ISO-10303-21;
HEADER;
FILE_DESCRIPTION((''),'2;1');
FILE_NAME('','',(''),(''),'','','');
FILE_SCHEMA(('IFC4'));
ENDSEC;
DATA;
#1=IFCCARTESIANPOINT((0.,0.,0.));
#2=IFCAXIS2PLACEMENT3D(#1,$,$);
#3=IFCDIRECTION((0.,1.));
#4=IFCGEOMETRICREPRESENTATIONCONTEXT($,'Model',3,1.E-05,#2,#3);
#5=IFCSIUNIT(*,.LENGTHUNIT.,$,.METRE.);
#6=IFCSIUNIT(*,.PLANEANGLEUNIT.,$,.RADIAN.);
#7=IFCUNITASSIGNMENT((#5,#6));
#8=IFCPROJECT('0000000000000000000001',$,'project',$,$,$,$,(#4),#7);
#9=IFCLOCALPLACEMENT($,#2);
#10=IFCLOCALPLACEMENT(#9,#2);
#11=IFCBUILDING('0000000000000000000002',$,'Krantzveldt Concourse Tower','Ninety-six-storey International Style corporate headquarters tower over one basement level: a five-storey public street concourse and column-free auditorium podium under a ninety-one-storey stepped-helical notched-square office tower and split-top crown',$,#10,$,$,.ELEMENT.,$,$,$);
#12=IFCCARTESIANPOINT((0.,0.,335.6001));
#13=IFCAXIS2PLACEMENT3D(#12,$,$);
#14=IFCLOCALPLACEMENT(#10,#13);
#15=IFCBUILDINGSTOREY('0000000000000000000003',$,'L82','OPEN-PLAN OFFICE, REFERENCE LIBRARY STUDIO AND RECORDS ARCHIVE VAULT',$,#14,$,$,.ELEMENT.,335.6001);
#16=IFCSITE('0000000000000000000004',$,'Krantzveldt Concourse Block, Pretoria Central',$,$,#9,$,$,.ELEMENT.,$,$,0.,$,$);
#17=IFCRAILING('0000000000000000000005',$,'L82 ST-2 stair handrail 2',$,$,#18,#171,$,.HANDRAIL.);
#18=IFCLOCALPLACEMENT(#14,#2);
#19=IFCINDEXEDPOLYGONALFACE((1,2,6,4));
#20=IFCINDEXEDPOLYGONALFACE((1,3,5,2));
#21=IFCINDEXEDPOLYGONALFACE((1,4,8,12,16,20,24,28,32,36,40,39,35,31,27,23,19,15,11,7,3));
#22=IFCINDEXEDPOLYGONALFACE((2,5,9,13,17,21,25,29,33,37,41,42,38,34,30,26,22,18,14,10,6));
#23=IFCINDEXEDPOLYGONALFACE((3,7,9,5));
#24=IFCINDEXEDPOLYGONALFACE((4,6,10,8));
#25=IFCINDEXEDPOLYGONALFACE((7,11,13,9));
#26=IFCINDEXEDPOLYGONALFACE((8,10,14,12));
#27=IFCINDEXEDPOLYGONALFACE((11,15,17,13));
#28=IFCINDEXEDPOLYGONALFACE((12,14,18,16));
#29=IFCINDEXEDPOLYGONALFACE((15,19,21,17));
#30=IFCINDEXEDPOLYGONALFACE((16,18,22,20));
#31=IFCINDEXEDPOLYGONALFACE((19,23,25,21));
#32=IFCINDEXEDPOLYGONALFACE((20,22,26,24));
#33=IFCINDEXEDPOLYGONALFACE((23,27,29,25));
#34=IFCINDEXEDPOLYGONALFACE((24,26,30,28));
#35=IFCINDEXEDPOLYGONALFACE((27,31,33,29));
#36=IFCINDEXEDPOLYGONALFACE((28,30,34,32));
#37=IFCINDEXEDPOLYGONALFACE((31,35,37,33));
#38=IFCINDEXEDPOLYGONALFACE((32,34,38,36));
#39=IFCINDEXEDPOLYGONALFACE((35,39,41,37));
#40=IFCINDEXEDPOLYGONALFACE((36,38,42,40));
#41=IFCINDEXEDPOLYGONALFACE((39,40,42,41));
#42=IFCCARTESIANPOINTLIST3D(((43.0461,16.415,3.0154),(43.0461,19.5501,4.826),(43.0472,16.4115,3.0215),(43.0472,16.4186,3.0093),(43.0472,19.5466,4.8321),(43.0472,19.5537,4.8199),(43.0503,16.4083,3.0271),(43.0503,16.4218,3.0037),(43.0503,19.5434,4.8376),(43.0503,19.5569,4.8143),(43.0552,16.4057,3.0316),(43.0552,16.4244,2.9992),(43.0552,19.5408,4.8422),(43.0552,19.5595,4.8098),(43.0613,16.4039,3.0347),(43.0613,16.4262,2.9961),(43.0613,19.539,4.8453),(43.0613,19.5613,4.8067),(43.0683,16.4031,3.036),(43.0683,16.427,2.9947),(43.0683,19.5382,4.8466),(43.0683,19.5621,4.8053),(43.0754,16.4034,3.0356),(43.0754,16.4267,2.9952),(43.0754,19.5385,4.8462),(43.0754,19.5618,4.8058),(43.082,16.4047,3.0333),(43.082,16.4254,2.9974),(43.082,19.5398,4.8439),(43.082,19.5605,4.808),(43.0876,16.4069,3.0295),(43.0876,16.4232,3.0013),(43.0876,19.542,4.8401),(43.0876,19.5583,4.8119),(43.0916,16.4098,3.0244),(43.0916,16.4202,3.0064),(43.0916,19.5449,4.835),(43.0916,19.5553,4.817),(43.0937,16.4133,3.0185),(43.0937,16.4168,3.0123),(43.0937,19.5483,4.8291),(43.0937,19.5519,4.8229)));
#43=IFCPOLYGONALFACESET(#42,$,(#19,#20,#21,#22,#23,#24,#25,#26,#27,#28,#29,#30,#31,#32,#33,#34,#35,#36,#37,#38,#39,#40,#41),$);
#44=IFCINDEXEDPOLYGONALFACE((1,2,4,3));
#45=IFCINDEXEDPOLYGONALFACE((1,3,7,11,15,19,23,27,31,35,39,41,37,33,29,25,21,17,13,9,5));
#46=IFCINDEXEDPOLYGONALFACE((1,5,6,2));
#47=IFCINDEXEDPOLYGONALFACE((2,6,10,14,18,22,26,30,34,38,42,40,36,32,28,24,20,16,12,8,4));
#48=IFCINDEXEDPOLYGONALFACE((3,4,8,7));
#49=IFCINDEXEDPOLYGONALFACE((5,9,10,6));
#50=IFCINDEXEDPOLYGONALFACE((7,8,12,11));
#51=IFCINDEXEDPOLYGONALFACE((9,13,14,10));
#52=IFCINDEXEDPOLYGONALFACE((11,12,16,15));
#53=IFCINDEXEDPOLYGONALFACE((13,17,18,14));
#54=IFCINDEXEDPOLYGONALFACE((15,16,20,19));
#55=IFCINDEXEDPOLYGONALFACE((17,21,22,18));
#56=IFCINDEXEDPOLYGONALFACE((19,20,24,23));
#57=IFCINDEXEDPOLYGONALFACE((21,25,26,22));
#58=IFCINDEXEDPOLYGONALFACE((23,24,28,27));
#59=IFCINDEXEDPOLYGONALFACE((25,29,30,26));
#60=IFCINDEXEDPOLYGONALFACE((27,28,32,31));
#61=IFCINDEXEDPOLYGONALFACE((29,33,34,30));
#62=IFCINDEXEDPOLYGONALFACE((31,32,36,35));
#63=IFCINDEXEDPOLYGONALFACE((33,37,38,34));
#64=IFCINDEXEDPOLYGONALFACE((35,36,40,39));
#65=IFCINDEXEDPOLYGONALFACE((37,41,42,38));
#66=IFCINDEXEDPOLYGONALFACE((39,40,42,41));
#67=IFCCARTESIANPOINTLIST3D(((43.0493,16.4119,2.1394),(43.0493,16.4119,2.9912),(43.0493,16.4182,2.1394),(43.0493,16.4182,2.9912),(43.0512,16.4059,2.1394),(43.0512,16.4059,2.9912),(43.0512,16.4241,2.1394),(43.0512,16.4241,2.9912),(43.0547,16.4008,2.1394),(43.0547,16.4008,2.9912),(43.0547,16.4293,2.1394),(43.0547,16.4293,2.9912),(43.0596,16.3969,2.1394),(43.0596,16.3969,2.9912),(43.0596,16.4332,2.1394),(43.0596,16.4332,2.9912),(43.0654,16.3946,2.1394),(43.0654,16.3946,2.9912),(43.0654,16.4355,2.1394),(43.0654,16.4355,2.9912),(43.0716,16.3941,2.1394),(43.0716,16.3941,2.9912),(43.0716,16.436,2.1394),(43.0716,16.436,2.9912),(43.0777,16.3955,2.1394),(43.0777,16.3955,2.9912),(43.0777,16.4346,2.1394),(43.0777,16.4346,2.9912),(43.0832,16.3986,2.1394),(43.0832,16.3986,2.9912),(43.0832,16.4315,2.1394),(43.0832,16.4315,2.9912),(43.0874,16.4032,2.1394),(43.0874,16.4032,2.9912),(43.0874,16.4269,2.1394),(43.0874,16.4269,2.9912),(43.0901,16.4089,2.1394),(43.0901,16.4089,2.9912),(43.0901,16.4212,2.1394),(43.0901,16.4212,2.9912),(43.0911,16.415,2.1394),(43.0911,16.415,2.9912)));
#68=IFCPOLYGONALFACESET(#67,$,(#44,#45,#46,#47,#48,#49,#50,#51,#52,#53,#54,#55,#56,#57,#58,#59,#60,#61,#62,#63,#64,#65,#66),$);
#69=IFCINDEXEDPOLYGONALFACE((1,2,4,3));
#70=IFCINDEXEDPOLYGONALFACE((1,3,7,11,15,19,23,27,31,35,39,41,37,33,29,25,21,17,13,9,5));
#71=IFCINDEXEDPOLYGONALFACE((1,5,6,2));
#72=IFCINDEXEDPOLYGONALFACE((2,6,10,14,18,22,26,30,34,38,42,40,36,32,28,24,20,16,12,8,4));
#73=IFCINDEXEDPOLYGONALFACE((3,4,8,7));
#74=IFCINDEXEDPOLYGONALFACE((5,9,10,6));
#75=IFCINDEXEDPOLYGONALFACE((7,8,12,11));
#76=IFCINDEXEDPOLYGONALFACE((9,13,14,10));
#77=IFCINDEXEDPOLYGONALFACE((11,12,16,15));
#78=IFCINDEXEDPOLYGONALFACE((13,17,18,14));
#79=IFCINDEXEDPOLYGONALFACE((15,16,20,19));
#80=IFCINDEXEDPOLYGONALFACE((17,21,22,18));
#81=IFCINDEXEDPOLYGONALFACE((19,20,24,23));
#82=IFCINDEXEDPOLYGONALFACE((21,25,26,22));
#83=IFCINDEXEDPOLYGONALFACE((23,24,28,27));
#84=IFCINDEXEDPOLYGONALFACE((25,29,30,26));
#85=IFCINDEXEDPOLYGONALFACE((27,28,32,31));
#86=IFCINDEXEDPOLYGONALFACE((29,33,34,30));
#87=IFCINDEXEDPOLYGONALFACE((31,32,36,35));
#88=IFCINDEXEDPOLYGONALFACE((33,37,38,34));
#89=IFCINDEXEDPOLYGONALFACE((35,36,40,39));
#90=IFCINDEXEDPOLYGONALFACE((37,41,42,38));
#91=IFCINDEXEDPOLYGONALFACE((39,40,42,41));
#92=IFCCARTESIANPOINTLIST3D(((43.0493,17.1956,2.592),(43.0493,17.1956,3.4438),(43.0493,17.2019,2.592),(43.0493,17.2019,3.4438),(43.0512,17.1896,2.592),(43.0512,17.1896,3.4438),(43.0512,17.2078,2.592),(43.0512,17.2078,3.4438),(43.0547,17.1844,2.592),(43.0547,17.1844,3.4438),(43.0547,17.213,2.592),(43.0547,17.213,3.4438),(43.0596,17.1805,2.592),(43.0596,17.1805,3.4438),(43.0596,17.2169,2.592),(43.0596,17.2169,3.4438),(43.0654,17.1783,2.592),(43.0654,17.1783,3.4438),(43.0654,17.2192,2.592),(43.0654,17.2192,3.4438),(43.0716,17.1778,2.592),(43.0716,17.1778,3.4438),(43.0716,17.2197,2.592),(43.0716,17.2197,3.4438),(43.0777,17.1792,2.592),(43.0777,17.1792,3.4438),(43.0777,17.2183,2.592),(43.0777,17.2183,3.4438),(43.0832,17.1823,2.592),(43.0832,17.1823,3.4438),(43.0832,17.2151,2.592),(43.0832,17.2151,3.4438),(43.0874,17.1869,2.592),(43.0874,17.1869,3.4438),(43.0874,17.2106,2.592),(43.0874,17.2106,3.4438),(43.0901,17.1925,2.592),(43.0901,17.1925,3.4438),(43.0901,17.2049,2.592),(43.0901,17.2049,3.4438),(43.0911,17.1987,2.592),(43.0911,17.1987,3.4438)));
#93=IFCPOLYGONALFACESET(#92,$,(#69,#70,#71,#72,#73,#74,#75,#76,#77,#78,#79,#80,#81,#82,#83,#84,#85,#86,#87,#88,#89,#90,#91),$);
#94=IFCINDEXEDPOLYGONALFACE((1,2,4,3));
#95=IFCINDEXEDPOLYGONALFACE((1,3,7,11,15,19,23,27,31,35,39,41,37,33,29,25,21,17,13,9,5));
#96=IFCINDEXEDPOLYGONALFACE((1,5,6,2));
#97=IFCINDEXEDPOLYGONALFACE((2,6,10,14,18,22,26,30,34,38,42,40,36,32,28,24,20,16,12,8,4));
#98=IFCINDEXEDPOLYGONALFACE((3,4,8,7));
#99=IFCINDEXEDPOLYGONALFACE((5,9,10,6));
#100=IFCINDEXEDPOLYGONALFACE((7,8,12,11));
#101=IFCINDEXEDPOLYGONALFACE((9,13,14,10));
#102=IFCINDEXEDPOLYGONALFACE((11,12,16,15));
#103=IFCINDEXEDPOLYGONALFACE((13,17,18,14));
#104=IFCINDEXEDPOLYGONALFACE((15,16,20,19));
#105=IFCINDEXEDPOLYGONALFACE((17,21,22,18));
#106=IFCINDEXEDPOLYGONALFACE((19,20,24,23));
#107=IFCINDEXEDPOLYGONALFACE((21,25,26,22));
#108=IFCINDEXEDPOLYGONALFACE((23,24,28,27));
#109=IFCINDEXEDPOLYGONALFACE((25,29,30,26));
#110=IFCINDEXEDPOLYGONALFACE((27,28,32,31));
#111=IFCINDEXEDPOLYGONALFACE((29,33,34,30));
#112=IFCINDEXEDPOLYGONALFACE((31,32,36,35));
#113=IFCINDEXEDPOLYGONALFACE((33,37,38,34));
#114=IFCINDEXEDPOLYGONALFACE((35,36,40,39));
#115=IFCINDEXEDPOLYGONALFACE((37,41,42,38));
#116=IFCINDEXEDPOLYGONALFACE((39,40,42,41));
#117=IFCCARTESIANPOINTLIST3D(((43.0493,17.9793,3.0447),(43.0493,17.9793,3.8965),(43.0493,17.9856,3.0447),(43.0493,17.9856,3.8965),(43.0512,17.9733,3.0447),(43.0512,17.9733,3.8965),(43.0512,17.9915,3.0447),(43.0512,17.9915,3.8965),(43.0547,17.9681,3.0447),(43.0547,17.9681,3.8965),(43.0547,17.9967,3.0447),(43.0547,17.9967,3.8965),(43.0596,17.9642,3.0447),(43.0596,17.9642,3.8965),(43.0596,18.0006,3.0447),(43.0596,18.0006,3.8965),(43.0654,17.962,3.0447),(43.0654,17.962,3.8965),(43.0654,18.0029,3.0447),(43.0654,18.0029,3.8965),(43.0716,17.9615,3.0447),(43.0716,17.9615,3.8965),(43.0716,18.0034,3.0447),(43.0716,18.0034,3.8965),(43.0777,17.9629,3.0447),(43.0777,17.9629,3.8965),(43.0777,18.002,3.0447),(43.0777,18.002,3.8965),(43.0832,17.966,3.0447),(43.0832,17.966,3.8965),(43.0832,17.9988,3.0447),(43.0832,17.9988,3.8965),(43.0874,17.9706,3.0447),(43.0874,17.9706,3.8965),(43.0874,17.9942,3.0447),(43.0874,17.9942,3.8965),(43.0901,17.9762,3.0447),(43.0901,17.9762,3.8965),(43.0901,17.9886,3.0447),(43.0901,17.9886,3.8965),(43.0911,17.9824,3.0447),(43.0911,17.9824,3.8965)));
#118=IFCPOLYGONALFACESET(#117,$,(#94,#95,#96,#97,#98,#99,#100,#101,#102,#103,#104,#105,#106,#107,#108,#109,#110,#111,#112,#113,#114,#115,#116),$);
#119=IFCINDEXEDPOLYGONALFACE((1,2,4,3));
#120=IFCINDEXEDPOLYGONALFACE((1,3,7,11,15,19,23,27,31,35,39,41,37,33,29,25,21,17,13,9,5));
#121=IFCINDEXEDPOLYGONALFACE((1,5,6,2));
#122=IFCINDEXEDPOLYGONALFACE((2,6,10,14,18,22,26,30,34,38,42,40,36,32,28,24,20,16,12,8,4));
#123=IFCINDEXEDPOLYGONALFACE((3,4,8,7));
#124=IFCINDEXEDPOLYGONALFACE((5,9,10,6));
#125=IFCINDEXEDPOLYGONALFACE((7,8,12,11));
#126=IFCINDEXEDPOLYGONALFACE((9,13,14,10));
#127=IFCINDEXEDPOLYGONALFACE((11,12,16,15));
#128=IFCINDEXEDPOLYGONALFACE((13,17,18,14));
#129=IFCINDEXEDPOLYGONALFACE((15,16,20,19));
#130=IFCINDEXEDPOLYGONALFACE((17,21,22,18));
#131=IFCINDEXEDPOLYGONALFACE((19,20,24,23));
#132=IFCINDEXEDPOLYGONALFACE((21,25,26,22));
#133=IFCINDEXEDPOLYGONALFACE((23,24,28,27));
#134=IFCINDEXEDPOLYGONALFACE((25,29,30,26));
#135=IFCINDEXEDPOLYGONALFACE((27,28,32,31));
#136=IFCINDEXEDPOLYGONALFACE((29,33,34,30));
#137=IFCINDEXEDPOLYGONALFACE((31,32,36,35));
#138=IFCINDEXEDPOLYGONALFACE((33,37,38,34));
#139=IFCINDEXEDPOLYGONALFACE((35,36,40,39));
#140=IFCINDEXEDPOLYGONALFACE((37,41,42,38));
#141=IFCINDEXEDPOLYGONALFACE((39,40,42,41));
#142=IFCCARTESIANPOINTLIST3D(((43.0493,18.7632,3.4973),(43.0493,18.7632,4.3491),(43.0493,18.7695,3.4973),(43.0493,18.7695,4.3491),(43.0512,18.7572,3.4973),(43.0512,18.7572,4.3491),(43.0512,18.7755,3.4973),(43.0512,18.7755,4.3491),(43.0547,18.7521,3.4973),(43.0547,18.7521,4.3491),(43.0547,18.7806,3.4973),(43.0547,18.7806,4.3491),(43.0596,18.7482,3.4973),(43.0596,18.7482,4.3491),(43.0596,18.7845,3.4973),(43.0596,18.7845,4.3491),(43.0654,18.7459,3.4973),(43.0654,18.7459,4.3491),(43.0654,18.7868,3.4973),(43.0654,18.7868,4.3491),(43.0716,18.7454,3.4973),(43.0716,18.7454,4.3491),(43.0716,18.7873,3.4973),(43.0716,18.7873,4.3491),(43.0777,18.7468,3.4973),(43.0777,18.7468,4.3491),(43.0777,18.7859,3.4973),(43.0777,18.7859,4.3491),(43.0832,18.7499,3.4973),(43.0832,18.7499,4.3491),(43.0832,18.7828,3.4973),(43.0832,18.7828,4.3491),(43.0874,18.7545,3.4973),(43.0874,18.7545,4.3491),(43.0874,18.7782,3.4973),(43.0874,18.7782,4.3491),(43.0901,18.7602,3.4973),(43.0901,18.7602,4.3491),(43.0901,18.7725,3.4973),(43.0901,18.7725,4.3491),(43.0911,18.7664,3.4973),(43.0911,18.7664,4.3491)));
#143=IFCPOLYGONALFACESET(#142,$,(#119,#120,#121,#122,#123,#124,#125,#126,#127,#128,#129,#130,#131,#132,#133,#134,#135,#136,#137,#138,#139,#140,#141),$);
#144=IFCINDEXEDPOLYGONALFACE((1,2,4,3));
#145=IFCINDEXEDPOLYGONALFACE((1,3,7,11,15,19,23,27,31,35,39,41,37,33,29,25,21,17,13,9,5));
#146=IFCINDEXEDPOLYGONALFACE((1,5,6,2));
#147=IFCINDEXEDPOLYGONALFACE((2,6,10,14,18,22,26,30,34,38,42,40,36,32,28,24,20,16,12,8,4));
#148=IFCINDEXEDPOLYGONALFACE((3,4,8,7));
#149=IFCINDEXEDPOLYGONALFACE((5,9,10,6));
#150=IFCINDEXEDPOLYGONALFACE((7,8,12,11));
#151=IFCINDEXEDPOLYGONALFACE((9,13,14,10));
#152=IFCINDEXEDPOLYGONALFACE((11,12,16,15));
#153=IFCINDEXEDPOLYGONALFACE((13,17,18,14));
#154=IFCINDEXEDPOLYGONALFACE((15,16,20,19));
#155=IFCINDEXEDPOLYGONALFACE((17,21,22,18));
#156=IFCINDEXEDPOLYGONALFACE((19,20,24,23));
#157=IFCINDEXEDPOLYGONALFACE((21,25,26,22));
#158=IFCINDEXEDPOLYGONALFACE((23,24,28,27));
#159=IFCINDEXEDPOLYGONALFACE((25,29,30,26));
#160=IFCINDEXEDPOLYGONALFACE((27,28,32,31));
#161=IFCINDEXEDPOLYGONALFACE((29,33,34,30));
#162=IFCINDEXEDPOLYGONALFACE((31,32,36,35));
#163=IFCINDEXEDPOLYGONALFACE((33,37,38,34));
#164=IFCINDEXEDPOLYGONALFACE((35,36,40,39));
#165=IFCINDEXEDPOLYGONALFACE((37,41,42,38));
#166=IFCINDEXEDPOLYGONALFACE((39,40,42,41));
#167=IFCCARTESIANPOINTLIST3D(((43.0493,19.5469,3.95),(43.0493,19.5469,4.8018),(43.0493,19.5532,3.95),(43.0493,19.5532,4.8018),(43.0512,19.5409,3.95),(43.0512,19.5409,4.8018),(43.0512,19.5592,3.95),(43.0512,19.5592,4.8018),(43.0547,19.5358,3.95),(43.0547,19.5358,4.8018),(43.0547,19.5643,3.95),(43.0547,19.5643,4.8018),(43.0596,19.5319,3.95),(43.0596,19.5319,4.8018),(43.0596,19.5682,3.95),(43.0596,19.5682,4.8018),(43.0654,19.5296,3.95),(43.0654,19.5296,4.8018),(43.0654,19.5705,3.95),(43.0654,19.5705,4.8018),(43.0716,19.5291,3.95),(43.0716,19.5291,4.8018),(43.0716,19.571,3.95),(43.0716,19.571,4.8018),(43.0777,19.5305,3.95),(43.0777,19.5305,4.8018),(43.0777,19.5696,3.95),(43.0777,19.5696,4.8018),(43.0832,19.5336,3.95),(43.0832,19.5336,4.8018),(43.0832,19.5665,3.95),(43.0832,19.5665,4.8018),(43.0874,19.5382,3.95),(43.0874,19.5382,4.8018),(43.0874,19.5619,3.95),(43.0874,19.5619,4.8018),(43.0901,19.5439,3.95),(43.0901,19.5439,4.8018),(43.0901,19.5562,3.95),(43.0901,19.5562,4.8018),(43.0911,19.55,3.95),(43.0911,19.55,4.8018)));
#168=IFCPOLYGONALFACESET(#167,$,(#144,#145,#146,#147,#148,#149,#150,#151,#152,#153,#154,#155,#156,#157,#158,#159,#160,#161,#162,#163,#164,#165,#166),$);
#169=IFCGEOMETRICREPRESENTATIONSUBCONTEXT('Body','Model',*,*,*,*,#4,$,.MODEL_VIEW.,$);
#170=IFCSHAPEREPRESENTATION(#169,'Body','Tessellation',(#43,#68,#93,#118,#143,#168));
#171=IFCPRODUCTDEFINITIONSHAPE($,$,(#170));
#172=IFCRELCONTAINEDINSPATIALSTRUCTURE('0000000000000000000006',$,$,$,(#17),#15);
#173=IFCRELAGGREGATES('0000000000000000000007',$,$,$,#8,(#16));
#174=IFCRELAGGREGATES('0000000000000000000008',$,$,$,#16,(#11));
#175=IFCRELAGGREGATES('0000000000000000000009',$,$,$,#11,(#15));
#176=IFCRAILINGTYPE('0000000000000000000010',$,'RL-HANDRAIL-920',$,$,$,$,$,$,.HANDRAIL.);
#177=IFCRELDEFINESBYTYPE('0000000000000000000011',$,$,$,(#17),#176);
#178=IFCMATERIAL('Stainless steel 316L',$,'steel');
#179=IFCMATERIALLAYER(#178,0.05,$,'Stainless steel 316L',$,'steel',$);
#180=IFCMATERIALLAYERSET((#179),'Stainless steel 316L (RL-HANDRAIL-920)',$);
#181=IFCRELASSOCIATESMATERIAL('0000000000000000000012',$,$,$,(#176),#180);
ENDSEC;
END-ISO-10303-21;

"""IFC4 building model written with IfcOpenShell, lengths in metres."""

from ifc_helpers import new_model, si_unit, direction, frame, origin, origin_2d, place, context, subcontext, project, spatial, circle, extrude, material, layer, layer_set, type_object, element, save


model = new_model("IFC4")

# Units and contexts
model_context = context("Model", 3, precision=1e-05, world=origin(), true_north=direction((0.0, 1.0)))
body_context = subcontext(model_context, "Body", "Model", "MODEL_VIEW")
ifc_project = project(units=[si_unit("LENGTHUNIT", "METRE"), si_unit("PLANEANGLEUNIT", "RADIAN")], contexts=[model_context])

# Site, building, storey
site_placement = place(None, origin())
site = spatial("IfcSite", under=ifc_project, at=site_placement, Name="Krantzveldt Concourse Block, Pretoria Central", CompositionType="ELEMENT", RefElevation=0.0)
building_placement = place(site_placement, origin())
building = spatial("IfcBuilding", under=site, at=building_placement, Name="Krantzveldt Concourse Tower", Description="Ninety-six-storey International Style corporate headquarters tower over one basement level: a five-storey public street concourse and column-free auditorium podium under a ninety-one-storey stepped-helical notched-square office tower and split-top crown", CompositionType="ELEMENT")
storey_placement = place(building_placement, frame((0.0, 0.0, 335.6001)))
storey = spatial("IfcBuildingStorey", under=building, at=storey_placement, Name="L82", Description="OPEN-PLAN OFFICE, REFERENCE LIBRARY STUDIO AND RECORDS ARCHIVE VAULT", CompositionType="ELEMENT", Elevation=335.6001)

# Railing
ifc_material_1 = material(Name="Stainless steel 316L", Category="steel")
ifc_layer_1 = layer(ifc_material_1, 0.05, Name="Stainless steel 316L", Category="steel")
ifc_layer_set_1 = layer_set([ifc_layer_1], Name="Stainless steel 316L (RL-HANDRAIL-920)")
railing_type = type_object("IfcRailingType", Name="RL-HANDRAIL-920", PredefinedType="HANDRAIL", material=ifc_layer_set_1)
railing_placement = place(storey_placement, frame((43.0701, 16.415, 2.1394)))
element("IfcRailing", 1, at=railing_placement, inside=storey, type_object=railing_type, Name="L82 ST-2 stair handrail 2", PredefinedType="HANDRAIL", context=body_context, shape_type="SweptSolid", body=[
    extrude(circle(Radius=0.0239, at=origin_2d()), frame((0.0, 0.0, 0.876), z_axis=(0.0, 0.86596, 0.500114), x_axis=(-1.0, 0.0, 0.0)), (0.0, 0.0, 1.0), 3.6204),
    extrude(circle(Radius=0.021, at=origin_2d()), origin(), (0.0, 0.0, 1.0), 0.8518),
    extrude(circle(Radius=0.021, at=origin_2d()), frame((0.0, 0.7837, 0.4526)), (0.0, 0.0, 1.0), 0.8518),
    extrude(circle(Radius=0.021, at=origin_2d()), frame((0.0, 1.5674, 0.9053)), (0.0, 0.0, 1.0), 0.8518),
    extrude(circle(Radius=0.021, at=origin_2d()), frame((0.0, 2.3513, 1.3579)), (0.0, 0.0, 1.0), 0.8518),
    extrude(circle(Radius=0.021, at=origin_2d()), frame((0.0, 3.135, 1.8105)), (0.0, 0.0, 1.0), 0.8518),
])

save(model, "model.ifc")
